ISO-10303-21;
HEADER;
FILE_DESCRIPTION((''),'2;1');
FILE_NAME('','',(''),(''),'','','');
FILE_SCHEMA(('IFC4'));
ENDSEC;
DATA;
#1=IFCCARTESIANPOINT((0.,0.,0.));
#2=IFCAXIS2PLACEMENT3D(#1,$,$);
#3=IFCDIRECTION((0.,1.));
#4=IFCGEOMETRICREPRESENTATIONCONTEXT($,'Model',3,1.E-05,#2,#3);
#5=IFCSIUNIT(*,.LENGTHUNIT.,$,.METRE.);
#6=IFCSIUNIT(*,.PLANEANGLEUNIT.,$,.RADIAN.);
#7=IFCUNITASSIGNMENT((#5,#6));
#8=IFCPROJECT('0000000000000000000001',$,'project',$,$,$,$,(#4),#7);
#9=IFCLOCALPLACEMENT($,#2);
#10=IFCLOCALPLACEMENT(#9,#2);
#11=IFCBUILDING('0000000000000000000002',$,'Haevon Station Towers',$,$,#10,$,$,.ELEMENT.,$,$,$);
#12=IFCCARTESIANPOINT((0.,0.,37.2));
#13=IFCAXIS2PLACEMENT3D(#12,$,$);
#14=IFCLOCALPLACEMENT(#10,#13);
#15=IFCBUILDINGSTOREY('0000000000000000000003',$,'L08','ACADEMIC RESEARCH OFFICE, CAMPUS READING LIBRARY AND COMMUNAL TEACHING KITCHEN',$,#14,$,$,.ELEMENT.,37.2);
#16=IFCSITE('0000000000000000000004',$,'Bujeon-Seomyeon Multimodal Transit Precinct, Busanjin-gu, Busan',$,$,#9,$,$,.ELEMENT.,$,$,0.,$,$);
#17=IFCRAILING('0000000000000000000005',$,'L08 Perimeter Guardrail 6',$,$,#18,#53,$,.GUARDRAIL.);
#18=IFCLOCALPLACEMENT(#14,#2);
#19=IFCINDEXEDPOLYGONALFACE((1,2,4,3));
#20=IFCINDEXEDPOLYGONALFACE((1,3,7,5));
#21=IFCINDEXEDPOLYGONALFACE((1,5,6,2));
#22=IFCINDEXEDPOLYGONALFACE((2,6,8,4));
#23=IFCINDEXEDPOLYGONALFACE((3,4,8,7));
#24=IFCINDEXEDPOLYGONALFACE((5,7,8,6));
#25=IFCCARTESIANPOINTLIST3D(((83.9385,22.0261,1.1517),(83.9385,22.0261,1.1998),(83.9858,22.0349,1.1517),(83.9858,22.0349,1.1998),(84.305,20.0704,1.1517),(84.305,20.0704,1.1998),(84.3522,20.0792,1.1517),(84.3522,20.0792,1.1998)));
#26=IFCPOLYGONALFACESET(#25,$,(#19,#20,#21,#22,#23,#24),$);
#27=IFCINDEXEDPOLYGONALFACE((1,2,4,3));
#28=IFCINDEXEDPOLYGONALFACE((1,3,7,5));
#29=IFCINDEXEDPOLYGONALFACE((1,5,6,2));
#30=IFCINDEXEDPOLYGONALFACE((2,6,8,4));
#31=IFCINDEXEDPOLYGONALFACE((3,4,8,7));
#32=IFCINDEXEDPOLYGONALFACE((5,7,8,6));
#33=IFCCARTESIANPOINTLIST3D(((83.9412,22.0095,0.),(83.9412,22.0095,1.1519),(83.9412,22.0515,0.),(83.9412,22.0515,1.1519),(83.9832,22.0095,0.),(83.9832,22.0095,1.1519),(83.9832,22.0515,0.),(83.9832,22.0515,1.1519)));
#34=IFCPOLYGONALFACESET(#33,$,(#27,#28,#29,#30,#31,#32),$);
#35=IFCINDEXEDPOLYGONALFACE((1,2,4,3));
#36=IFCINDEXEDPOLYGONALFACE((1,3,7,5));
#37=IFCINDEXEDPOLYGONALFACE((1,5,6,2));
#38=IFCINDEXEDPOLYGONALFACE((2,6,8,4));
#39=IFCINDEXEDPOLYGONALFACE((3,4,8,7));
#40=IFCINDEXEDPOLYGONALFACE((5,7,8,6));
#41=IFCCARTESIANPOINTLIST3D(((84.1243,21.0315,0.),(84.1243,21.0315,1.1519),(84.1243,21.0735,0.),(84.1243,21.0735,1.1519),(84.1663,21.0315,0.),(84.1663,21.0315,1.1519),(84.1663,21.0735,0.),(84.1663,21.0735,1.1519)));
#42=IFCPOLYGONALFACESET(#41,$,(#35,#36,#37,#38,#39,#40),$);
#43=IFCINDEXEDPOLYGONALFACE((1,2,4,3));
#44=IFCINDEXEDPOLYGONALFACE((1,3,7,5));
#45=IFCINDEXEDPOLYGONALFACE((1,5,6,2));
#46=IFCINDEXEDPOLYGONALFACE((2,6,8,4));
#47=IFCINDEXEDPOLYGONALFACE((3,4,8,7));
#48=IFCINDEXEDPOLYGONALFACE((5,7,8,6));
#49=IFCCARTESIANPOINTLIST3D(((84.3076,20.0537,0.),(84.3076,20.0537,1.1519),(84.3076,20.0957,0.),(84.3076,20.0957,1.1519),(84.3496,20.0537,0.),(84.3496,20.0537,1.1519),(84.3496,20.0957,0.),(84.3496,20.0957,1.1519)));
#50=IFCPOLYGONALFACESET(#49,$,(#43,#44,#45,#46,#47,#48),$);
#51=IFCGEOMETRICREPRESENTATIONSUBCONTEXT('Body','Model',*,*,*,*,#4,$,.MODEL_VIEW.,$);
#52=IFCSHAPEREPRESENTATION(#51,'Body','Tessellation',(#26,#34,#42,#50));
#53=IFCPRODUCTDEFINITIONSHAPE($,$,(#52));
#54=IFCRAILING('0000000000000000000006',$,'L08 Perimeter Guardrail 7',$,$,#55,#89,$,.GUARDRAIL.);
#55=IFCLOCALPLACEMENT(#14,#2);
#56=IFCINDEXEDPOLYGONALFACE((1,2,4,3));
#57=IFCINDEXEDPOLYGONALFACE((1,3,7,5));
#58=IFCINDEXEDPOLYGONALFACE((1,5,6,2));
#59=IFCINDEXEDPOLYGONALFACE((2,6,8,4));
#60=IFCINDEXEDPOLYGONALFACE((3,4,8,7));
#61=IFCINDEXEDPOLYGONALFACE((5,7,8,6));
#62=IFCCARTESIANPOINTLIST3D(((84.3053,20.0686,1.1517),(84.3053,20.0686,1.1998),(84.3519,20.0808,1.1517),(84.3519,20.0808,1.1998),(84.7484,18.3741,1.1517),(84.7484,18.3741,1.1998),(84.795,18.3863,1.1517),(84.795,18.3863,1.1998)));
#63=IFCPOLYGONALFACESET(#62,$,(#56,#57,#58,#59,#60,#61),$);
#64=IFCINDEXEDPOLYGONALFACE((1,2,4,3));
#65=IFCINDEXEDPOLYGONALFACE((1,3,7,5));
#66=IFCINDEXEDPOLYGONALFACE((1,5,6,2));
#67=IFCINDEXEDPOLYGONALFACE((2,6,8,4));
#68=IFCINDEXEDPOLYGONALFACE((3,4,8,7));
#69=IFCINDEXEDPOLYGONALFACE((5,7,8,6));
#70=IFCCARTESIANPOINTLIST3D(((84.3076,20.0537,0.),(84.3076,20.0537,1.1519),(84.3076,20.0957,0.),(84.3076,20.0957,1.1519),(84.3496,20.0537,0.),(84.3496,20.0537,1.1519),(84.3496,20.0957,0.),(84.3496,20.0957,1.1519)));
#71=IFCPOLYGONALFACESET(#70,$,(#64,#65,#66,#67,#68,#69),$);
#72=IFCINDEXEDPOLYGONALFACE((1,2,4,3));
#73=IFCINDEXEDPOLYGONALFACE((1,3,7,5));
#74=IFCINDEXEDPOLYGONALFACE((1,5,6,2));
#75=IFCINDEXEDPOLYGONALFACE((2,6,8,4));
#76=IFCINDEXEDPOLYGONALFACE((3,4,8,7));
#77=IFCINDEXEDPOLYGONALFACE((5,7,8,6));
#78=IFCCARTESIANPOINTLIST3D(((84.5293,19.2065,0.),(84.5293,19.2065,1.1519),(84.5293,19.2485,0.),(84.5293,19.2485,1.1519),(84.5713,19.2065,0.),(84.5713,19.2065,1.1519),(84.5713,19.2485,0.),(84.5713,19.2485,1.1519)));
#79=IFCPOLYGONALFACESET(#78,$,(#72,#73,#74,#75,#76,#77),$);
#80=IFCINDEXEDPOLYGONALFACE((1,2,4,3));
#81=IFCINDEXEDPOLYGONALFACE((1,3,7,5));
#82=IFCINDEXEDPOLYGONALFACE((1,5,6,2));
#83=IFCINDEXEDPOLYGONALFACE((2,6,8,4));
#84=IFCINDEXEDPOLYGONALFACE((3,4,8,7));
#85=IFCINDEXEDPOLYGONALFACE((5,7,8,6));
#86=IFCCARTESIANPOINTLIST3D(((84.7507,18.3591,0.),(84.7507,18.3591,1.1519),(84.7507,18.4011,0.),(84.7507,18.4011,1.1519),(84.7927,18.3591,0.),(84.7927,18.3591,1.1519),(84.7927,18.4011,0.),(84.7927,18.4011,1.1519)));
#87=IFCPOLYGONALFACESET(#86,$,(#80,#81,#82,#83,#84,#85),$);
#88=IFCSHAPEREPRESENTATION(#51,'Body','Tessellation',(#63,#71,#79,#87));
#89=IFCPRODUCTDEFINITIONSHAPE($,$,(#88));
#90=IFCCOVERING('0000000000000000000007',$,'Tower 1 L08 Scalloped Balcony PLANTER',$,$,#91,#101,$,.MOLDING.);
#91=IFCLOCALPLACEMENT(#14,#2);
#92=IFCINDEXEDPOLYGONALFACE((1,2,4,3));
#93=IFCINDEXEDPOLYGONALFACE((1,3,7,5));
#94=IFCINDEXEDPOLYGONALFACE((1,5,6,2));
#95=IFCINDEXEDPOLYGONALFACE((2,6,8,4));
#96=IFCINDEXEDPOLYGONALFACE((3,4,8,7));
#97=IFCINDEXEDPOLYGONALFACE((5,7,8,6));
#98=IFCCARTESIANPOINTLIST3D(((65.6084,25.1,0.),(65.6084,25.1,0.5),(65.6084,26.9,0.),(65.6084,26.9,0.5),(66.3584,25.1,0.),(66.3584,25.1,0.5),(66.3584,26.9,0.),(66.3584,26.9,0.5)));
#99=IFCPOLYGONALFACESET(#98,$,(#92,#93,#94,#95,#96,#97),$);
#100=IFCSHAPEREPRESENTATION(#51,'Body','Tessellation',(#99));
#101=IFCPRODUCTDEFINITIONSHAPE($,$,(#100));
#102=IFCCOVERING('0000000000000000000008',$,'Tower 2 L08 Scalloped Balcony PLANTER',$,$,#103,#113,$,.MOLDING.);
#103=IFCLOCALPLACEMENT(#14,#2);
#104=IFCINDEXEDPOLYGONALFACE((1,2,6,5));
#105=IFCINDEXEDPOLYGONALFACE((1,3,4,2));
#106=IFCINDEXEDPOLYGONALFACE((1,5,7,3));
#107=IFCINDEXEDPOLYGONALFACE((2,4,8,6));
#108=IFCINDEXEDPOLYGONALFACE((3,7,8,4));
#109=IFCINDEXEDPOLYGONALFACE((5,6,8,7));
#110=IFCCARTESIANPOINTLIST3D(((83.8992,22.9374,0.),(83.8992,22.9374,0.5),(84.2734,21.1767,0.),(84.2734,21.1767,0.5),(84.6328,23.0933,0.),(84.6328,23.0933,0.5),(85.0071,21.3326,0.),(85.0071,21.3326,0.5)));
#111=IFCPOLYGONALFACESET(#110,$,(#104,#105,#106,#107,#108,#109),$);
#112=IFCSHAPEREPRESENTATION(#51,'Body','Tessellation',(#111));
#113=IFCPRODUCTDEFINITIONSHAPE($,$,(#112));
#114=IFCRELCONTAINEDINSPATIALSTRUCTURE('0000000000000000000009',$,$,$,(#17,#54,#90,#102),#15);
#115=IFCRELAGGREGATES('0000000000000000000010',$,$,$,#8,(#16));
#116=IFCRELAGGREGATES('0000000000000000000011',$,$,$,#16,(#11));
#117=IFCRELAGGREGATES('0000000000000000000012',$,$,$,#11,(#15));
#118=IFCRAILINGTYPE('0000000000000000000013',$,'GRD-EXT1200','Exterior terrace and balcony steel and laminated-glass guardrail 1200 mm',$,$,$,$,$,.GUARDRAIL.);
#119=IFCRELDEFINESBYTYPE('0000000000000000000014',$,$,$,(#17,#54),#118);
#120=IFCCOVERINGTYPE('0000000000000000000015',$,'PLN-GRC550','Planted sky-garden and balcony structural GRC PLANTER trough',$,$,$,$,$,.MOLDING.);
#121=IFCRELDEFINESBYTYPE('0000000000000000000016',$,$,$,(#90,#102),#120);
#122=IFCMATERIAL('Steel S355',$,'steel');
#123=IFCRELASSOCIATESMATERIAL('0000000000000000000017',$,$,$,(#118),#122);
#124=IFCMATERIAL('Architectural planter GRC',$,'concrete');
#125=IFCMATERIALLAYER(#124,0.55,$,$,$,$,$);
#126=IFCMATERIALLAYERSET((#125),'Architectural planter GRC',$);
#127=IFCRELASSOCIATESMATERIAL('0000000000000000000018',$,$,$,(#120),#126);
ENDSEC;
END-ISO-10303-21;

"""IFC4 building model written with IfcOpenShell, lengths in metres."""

from ifc_helpers import new_model, si_unit, direction, frame, origin, origin_2d, place, context, subcontext, project, spatial, rectangle, extrude, material, layer, layer_set, type_object, element, save


model = new_model("IFC4")

# Units and contexts
model_context = context("Model", 3, precision=1e-05, world=origin(), true_north=direction((0.0, 1.0)))
body_context = subcontext(model_context, "Body", "Model", "MODEL_VIEW")
ifc_project = project(units=[si_unit("LENGTHUNIT", "METRE"), si_unit("PLANEANGLEUNIT", "RADIAN")], contexts=[model_context])

# Site, building, storey
site_placement = place(None, origin())
site = spatial("IfcSite", under=ifc_project, at=site_placement, Name="Bujeon-Seomyeon Multimodal Transit Precinct, Busanjin-gu, Busan", CompositionType="ELEMENT", RefElevation=0.0)
building_placement = place(site_placement, origin())
building = spatial("IfcBuilding", under=site, at=building_placement, Name="Haevon Station Towers", CompositionType="ELEMENT")
storey_placement = place(building_placement, frame((0.0, 0.0, 37.2)))
storey = spatial("IfcBuildingStorey", under=building, at=storey_placement, Name="L08", Description="ACADEMIC RESEARCH OFFICE, CAMPUS READING LIBRARY AND COMMUNAL TEACHING KITCHEN", CompositionType="ELEMENT", Elevation=37.2)

# Shared definitions
ifc_material_1 = material(Name="Steel S355", Category="steel")

# Railings
railing_type = type_object("IfcRailingType", Name="GRD-EXT1200", Description="Exterior terrace and balcony steel and laminated-glass guardrail 1200 mm", PredefinedType="GUARDRAIL", material=ifc_material_1)
railing_1_placement = place(storey_placement, frame((83.9622, 22.0305, 0.0)))
element("IfcRailing", 1, at=railing_1_placement, inside=storey, type_object=railing_type, Name="L08 Perimeter Guardrail 6", PredefinedType="GUARDRAIL", context=body_context, shape_type="SweptSolid", body=[
    extrude(rectangle(XDim=0.0481, YDim=0.0481, at=origin_2d()), frame((0.0, 0.0, 1.1758), z_axis=(0.184163, -0.982896, 0.0), x_axis=(0.982896, 0.184163, 0.0)), (0.0, 0.0, 1.0), 1.9897),
    extrude(rectangle(XDim=0.042, YDim=0.042, at=origin_2d()), origin(), (0.0, 0.0, 1.0), 1.1519),
    extrude(rectangle(XDim=0.042, YDim=0.042, at=origin_2d()), frame((0.1831, -0.978, 0.0)), (0.0, 0.0, 1.0), 1.1519),
    extrude(rectangle(XDim=0.042, YDim=0.042, at=origin_2d()), frame((0.3665, -1.9558, 0.0)), (0.0, 0.0, 1.0), 1.1519),
])
railing_2_placement = place(storey_placement, frame((84.3286, 20.0747, 0.0)))
element("IfcRailing", 2, at=railing_2_placement, inside=storey, type_object=railing_type, Name="L08 Perimeter Guardrail 7", PredefinedType="GUARDRAIL", context=body_context, shape_type="SweptSolid", body=[
    extrude(rectangle(XDim=0.0481, YDim=0.0481, at=origin_2d()), frame((0.0, 0.0, 1.1758), z_axis=(0.252984, -0.967471, 0.0), x_axis=(0.967471, 0.252984, 0.0)), (0.0, 0.0, 1.0), 1.7515),
    extrude(rectangle(XDim=0.042, YDim=0.042, at=origin_2d()), origin(), (0.0, 0.0, 1.0), 1.1519),
    extrude(rectangle(XDim=0.042, YDim=0.042, at=origin_2d()), frame((0.2217, -0.8472, 0.0)), (0.0, 0.0, 1.0), 1.1519),
    extrude(rectangle(XDim=0.042, YDim=0.042, at=origin_2d()), frame((0.4431, -1.6946, 0.0)), (0.0, 0.0, 1.0), 1.1519),
])

# Coverings
ifc_material_2 = material(Name="Architectural planter GRC", Category="concrete")
ifc_layer_1 = layer(ifc_material_2, 0.55)
ifc_layer_set_1 = layer_set([ifc_layer_1], Name="Architectural planter GRC")
covering_type = type_object("IfcCoveringType", Name="PLN-GRC550", Description="Planted sky-garden and balcony structural GRC PLANTER trough", PredefinedType="MOLDING", material=ifc_layer_set_1)
for number, where, z_axis, x_axis, name in (
    (3, (65.9834, 26.0, 0.0), (0.0, 0.0, 1.0), (1.0, 0.0, 0.0), "Tower 1 L08 Scalloped Balcony PLANTER"),
    (4, (84.4531, 22.135, 0.0), (0.0, 0.0, 1.0), (0.978148, 0.207912, 0.0), "Tower 2 L08 Scalloped Balcony PLANTER"),
):
    element("IfcCovering", number, at=place(storey_placement, frame(where, z_axis=z_axis, x_axis=x_axis)), inside=storey, type_object=covering_type, Name=name, PredefinedType="MOLDING", context=body_context, shape_type="SweptSolid", body=[
        extrude(rectangle(XDim=0.75, YDim=1.8, at=origin_2d()), origin(), (0.0, 0.0, 1.0), 0.5),
    ])

save(model, "model.ifc")
